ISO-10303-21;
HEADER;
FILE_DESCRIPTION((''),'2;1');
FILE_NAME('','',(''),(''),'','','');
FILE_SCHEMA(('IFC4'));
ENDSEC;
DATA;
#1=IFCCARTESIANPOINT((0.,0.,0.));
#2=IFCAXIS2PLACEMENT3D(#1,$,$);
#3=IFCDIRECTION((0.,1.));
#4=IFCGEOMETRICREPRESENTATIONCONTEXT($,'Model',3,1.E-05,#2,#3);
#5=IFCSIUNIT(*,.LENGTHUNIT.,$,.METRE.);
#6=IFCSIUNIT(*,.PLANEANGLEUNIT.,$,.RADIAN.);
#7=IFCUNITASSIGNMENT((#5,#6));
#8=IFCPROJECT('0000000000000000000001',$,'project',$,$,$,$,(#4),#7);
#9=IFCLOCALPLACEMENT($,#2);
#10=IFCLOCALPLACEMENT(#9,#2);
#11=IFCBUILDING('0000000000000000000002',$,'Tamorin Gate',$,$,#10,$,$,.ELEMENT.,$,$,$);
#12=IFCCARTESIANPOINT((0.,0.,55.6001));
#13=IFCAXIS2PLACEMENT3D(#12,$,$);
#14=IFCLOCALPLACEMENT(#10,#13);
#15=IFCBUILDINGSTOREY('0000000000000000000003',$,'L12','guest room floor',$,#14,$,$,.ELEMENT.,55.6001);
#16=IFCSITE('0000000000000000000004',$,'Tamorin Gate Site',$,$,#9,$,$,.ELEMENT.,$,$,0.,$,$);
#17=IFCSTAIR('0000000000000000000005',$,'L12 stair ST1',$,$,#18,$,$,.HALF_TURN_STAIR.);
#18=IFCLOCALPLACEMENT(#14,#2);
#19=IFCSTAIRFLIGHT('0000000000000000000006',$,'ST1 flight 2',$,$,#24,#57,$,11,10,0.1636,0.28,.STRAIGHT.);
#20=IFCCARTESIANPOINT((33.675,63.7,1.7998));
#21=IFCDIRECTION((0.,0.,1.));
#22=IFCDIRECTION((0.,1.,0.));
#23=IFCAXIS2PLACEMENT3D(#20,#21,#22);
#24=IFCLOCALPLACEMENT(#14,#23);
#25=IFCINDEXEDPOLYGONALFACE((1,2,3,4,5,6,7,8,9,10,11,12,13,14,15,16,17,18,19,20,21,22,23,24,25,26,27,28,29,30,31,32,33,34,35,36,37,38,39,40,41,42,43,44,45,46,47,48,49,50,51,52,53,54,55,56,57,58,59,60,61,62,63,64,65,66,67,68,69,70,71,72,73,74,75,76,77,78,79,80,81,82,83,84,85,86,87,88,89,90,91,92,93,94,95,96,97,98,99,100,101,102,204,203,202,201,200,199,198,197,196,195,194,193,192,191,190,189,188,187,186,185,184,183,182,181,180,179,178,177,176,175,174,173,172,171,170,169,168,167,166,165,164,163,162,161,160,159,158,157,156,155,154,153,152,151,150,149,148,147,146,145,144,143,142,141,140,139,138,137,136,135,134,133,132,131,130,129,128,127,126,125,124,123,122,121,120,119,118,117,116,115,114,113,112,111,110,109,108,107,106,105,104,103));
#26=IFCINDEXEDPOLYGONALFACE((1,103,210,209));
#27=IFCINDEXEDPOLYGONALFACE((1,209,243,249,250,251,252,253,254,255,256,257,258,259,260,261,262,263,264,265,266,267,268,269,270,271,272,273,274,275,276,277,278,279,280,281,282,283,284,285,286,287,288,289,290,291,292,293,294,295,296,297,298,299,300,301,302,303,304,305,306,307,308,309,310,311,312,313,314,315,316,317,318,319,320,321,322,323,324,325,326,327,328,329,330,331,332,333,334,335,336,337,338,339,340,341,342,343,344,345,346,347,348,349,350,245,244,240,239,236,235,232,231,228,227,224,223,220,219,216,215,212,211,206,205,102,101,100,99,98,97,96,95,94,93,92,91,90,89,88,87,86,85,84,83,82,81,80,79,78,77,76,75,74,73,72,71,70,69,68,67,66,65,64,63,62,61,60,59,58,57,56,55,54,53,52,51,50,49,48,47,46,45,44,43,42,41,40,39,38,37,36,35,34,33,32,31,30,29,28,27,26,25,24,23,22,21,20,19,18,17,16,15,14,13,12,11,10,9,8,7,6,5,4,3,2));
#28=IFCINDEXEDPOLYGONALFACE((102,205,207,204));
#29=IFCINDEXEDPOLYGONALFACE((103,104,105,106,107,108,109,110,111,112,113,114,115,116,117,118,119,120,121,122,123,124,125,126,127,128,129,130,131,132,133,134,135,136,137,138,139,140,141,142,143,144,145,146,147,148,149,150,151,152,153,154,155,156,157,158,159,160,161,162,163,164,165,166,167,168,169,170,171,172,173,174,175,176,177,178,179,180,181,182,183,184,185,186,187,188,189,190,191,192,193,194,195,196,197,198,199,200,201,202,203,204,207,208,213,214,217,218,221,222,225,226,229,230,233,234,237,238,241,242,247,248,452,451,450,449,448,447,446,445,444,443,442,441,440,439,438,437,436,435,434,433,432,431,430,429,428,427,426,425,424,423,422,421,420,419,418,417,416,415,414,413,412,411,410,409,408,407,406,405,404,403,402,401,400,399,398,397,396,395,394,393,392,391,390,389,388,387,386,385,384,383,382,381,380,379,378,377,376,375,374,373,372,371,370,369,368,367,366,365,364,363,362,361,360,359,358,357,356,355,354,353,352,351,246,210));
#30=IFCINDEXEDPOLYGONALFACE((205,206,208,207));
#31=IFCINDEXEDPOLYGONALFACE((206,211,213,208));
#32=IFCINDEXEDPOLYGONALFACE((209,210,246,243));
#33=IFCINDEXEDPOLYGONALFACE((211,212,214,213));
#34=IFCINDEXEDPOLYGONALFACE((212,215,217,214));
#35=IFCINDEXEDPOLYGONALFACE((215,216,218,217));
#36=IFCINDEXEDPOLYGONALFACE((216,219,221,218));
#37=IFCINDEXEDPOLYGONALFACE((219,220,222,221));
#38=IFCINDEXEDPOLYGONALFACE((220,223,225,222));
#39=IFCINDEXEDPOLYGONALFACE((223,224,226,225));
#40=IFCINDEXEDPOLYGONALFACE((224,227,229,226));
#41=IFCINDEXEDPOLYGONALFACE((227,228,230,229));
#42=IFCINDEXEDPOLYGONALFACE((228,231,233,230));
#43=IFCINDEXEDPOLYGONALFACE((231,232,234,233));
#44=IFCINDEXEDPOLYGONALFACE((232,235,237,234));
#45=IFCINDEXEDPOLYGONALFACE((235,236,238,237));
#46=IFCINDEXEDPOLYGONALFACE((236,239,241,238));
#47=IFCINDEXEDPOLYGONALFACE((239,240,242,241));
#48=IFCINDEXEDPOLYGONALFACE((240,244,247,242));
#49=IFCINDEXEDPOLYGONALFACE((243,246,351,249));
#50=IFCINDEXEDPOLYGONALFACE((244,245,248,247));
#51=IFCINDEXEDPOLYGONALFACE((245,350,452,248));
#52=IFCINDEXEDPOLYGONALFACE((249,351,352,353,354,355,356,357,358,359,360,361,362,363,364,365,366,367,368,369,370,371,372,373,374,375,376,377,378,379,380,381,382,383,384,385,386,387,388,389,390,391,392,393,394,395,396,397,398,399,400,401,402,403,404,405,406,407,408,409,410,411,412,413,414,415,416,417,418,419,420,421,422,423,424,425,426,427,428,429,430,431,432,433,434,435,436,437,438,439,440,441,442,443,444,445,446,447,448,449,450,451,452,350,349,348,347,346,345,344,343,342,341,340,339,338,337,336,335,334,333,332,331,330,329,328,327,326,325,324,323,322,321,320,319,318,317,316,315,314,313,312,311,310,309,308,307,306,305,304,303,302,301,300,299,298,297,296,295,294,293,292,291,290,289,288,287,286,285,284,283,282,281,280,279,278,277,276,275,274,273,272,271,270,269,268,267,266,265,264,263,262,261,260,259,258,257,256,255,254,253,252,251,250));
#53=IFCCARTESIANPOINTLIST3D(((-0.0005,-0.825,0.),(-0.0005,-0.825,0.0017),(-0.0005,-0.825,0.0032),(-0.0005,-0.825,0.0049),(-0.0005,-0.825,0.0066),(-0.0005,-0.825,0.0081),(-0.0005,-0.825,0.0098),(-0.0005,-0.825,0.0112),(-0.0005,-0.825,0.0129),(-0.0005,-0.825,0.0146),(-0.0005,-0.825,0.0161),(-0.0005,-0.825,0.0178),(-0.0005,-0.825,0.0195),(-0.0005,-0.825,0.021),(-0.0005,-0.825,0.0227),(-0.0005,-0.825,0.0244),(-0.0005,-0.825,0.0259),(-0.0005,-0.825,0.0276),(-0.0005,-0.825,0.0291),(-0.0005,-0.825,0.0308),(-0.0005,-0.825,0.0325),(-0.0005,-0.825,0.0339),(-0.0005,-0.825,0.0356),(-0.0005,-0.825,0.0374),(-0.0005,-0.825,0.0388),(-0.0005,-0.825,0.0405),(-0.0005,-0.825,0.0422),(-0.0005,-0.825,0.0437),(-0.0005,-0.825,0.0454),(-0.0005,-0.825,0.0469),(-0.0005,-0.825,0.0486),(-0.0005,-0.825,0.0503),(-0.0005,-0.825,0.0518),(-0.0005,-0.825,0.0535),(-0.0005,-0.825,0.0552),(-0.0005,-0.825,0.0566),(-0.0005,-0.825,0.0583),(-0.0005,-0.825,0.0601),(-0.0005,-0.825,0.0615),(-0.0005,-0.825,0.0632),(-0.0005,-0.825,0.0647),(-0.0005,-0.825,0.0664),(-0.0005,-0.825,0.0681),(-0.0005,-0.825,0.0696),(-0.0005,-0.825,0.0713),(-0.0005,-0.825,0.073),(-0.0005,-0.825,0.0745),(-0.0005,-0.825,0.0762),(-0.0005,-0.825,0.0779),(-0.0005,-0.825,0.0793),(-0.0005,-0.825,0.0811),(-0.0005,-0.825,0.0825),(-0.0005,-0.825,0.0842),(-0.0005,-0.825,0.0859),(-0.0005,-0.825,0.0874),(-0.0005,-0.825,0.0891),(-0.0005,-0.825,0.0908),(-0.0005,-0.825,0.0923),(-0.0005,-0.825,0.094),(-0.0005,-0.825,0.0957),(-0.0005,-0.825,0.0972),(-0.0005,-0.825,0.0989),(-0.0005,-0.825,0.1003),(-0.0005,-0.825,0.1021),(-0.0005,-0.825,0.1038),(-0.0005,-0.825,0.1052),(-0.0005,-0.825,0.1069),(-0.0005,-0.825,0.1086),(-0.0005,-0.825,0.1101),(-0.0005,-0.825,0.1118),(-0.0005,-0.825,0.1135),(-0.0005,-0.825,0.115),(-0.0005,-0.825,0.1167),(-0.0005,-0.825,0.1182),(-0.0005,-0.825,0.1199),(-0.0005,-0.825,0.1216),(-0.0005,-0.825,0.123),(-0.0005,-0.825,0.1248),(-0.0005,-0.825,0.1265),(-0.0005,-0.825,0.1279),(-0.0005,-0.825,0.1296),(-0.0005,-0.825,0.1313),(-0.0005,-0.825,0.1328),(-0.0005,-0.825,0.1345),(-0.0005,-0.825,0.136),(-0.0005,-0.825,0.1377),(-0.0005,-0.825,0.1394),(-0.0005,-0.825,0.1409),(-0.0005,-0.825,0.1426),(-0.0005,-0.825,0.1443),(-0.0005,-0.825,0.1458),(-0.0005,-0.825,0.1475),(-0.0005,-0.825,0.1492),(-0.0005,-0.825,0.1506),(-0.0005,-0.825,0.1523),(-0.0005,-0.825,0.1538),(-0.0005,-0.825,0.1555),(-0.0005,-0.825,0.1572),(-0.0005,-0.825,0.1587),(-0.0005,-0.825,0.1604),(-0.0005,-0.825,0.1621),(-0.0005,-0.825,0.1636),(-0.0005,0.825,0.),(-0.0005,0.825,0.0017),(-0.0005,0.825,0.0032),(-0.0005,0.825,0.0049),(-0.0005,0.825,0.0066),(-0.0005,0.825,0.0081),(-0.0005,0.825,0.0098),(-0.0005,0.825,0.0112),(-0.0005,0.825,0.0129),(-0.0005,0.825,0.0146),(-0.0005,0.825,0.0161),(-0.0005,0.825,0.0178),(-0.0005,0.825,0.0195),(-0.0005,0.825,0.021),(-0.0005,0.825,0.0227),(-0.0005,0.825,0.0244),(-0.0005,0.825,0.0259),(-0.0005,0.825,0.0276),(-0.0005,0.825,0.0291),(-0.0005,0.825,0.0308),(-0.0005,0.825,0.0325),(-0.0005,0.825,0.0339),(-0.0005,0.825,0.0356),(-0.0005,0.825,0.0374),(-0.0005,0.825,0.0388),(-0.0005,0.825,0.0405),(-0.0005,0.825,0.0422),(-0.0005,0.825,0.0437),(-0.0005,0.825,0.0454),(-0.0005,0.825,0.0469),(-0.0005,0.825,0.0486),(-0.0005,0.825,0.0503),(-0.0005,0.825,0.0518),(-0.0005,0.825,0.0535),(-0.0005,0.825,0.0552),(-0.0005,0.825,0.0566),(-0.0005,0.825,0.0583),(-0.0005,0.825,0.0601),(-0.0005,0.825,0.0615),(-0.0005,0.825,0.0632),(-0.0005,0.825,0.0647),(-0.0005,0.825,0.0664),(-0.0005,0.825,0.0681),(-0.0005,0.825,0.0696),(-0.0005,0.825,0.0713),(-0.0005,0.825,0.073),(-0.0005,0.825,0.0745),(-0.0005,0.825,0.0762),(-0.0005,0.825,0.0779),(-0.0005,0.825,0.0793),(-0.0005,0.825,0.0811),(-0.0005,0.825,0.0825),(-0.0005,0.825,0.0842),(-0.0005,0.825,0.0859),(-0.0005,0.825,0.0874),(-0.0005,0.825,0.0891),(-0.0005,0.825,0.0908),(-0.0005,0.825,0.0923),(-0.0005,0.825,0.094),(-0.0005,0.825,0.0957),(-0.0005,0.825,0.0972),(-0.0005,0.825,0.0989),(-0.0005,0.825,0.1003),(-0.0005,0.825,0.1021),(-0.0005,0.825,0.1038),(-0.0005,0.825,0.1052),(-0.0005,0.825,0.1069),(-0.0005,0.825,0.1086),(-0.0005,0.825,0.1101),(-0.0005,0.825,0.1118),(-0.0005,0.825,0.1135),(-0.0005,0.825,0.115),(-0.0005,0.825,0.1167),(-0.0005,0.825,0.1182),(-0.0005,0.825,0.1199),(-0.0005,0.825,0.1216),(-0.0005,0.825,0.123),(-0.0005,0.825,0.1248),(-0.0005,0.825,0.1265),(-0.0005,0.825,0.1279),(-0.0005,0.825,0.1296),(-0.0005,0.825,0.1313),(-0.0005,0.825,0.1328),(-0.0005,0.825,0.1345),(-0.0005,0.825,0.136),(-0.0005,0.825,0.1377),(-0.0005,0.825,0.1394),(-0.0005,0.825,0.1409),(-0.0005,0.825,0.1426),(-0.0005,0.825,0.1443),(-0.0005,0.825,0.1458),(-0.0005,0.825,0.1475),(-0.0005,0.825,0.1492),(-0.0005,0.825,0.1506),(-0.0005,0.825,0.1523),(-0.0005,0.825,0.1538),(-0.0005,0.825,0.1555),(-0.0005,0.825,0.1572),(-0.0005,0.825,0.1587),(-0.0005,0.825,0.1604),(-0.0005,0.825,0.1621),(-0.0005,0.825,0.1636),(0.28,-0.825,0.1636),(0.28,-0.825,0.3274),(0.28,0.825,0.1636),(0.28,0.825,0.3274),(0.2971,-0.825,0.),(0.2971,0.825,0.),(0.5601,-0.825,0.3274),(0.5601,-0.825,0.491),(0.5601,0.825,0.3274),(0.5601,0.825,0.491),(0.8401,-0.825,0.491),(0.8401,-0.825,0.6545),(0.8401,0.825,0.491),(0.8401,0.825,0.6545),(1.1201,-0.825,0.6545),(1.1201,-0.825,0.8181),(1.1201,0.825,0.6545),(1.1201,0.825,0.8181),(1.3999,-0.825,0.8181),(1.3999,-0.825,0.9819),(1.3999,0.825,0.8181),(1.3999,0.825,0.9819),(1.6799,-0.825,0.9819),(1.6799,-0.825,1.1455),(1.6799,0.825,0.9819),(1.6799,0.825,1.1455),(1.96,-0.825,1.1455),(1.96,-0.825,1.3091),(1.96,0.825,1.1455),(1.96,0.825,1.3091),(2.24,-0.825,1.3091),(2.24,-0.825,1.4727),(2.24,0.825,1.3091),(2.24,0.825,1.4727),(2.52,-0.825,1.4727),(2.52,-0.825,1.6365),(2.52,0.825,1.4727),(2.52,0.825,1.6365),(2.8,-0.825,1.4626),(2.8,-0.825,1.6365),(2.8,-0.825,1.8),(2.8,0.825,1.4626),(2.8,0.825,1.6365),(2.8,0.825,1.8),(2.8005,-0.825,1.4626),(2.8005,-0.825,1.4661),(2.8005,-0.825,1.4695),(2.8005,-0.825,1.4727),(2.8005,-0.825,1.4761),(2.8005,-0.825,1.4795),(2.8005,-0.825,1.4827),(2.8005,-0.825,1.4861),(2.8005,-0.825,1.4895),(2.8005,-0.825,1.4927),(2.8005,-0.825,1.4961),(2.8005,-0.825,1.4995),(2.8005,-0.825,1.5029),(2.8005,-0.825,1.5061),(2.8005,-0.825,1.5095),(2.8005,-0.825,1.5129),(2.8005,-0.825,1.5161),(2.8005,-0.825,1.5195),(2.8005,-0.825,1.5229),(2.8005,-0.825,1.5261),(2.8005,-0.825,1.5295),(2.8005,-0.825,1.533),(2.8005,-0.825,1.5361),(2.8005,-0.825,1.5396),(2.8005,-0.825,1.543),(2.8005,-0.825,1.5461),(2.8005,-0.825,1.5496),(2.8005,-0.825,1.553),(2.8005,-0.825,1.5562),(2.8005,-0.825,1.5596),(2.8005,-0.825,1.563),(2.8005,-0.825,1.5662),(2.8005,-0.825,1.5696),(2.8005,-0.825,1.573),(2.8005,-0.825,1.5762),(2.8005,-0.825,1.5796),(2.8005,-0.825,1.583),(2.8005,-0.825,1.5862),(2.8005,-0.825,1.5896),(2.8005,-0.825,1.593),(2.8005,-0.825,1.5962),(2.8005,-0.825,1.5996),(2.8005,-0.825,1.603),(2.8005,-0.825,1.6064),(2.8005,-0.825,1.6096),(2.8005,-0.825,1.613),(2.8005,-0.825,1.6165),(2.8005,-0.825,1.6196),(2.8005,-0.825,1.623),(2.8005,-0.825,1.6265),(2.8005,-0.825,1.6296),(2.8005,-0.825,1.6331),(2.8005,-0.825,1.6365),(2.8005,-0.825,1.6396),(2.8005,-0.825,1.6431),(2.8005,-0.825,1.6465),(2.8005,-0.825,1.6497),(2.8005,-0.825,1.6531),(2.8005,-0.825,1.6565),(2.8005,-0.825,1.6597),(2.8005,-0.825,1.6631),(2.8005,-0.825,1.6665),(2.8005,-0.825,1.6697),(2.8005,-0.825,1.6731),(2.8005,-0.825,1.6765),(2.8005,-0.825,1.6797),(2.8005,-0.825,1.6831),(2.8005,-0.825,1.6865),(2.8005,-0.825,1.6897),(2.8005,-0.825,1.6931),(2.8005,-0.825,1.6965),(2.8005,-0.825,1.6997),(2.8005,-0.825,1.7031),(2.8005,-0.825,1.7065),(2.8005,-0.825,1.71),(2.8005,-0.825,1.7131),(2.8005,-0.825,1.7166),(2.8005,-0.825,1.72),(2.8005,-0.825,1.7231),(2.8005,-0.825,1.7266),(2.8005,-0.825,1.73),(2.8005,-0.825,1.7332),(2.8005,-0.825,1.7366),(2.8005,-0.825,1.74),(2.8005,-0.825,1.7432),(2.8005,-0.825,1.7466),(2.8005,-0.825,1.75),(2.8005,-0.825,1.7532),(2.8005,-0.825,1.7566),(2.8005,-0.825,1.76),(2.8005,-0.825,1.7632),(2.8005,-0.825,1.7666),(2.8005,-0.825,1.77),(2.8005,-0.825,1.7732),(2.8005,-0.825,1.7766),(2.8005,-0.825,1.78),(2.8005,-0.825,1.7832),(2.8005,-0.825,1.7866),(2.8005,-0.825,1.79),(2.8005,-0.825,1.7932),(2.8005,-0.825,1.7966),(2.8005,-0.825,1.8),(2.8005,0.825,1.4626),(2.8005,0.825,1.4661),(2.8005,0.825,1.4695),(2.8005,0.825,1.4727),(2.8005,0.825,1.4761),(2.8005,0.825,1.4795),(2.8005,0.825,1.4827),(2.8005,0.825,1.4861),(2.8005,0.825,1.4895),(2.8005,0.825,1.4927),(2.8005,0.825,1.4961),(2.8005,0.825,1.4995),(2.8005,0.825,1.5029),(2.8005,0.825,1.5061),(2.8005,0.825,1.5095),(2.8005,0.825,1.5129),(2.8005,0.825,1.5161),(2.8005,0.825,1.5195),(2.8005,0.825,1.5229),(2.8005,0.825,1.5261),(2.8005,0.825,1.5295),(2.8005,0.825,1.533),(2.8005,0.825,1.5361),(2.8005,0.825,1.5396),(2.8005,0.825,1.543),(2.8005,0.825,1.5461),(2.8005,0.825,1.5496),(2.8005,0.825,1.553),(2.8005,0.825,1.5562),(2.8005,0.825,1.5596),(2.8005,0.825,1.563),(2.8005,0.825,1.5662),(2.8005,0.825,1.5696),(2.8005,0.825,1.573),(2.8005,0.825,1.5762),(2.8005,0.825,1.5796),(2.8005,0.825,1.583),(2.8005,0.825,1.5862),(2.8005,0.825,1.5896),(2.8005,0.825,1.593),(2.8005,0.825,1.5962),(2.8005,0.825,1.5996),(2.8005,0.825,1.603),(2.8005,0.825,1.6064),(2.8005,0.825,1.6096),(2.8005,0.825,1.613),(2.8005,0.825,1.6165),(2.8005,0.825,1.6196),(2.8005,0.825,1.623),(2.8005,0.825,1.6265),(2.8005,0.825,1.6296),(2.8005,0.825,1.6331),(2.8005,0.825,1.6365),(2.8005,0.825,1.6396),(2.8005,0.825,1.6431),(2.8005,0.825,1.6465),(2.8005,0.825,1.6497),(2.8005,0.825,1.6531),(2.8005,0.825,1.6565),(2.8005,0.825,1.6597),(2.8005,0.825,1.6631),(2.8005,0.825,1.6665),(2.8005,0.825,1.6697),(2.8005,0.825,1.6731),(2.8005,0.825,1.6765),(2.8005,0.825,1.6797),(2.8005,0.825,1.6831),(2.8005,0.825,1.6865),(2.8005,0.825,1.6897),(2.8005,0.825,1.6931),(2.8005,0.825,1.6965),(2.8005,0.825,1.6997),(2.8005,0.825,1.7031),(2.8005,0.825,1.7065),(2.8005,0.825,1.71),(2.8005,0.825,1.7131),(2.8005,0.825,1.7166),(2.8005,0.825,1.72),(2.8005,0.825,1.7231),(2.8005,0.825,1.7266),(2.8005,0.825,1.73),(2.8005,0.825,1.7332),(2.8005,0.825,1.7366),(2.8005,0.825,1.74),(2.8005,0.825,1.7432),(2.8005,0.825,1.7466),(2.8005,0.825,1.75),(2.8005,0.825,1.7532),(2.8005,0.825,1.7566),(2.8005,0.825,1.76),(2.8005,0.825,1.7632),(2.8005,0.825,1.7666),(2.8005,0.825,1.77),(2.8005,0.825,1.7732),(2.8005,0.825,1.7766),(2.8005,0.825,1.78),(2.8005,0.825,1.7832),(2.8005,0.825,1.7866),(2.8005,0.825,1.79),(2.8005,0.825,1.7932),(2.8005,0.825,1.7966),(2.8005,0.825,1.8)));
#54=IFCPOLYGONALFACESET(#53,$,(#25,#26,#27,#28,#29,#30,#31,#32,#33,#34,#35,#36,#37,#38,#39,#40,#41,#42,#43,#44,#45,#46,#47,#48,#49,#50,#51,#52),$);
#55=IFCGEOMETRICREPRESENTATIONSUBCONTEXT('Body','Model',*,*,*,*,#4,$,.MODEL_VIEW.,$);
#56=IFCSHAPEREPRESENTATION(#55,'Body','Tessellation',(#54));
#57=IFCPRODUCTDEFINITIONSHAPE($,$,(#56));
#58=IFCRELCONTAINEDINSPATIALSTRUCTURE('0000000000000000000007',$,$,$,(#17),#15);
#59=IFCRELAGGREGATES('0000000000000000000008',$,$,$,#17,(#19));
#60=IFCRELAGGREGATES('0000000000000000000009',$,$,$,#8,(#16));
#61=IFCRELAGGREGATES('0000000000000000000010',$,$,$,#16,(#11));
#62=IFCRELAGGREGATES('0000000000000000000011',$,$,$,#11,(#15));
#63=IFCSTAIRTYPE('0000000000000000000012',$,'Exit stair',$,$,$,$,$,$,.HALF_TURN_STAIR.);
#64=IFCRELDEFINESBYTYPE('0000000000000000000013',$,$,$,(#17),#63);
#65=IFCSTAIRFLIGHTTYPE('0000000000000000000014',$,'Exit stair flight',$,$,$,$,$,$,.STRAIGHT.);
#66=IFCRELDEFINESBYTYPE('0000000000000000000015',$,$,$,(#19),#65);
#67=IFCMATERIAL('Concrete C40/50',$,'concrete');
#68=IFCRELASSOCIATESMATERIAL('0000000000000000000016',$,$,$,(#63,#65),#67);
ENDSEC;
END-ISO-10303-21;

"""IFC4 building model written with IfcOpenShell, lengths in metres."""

from ifc_helpers import new_model, si_unit, direction, frame, origin, place, context, subcontext, project, spatial, polyline, outline, extrude, material, type_object, element, aggregate, save


model = new_model("IFC4")

# Units and contexts
model_context = context("Model", 3, precision=1e-05, world=origin(), true_north=direction((0.0, 1.0)))
body_context = subcontext(model_context, "Body", "Model", "MODEL_VIEW")
ifc_project = project(units=[si_unit("LENGTHUNIT", "METRE"), si_unit("PLANEANGLEUNIT", "RADIAN")], contexts=[model_context])

# Site, building, storey
site_placement = place(None, origin())
site = spatial("IfcSite", under=ifc_project, at=site_placement, Name="Tamorin Gate Site", CompositionType="ELEMENT", RefElevation=0.0)
building_placement = place(site_placement, origin())
building = spatial("IfcBuilding", under=site, at=building_placement, Name="Tamorin Gate", CompositionType="ELEMENT")
storey_placement = place(building_placement, frame((0.0, 0.0, 55.6001)))
storey = spatial("IfcBuildingStorey", under=building, at=storey_placement, Name="L12", Description="guest room floor", CompositionType="ELEMENT", Elevation=55.6001)

# Shared definitions
ifc_material_1 = material(Name="Concrete C40/50", Category="concrete")

# Stair, stair flight
stair_type = type_object("IfcStairType", Name="Exit stair", PredefinedType="HALF_TURN_STAIR", material=ifc_material_1)
stair_placement = place(storey_placement, origin())
stair = element("IfcStair", 1, at=stair_placement, inside=storey, type_object=stair_type, Name="L12 stair ST1", PredefinedType="HALF_TURN_STAIR")
stair_flight_type = type_object("IfcStairFlightType", Name="Exit stair flight", PredefinedType="STRAIGHT", material=ifc_material_1)
stair_flight_1_placement = place(storey_placement, frame((33.675, 63.7, 1.7998), z_axis=(0.0, 0.0, 1.0), x_axis=(0.0, 1.0, 0.0)))
stair_flight_1 = element("IfcStairFlight", 2, at=stair_flight_1_placement, type_object=stair_flight_type, Name="ST1 flight 2", NumberOfRisers=11, NumberOfTreads=10, PredefinedType="STRAIGHT", RiserHeight=0.1636, TreadLength=0.28, context=body_context, shape_type="SweptSolid", body=[
    extrude(outline(polyline([(-0.0005, 0.0), (-0.0005, 0.0017), (-0.0005, 0.0032), (-0.0005, 0.0049), (-0.0005, 0.0066), (-0.0005, 0.0081), (-0.0005, 0.0098), (-0.0005, 0.0112), (-0.0005, 0.0129), (-0.0005, 0.0146), (-0.0005, 0.0161), (-0.0005, 0.0178), (-0.0005, 0.0195), (-0.0005, 0.021), (-0.0005, 0.0227), (-0.0005, 0.0244), (-0.0005, 0.0259), (-0.0005, 0.0276), (-0.0005, 0.0291), (-0.0005, 0.0308), (-0.0005, 0.0325), (-0.0005, 0.0339), (-0.0005, 0.0356), (-0.0005, 0.0374), (-0.0005, 0.0388), (-0.0005, 0.0405), (-0.0005, 0.0422), (-0.0005, 0.0437), (-0.0005, 0.0454), (-0.0005, 0.0469), (-0.0005, 0.0486), (-0.0005, 0.0503), (-0.0005, 0.0518), (-0.0005, 0.0535), (-0.0005, 0.0552), (-0.0005, 0.0566), (-0.0005, 0.0583), (-0.0005, 0.0601), (-0.0005, 0.0615), (-0.0005, 0.0632), (-0.0005, 0.0647), (-0.0005, 0.0664), (-0.0005, 0.0681), (-0.0005, 0.0696), (-0.0005, 0.0713), (-0.0005, 0.073), (-0.0005, 0.0745), (-0.0005, 0.0762), (-0.0005, 0.0779), (-0.0005, 0.0793), (-0.0005, 0.0811), (-0.0005, 0.0825), (-0.0005, 0.0842), (-0.0005, 0.0859), (-0.0005, 0.0874), (-0.0005, 0.0891), (-0.0005, 0.0908), (-0.0005, 0.0923), (-0.0005, 0.094), (-0.0005, 0.0957), (-0.0005, 0.0972), (-0.0005, 0.0989), (-0.0005, 0.1003), (-0.0005, 0.1021), (-0.0005, 0.1038), (-0.0005, 0.1052), (-0.0005, 0.1069), (-0.0005, 0.1086), (-0.0005, 0.1101), (-0.0005, 0.1118), (-0.0005, 0.1135), (-0.0005, 0.115), (-0.0005, 0.1167), (-0.0005, 0.1182), (-0.0005, 0.1199), (-0.0005, 0.1216), (-0.0005, 0.123), (-0.0005, 0.1248), (-0.0005, 0.1265), (-0.0005, 0.1279), (-0.0005, 0.1296), (-0.0005, 0.1313), (-0.0005, 0.1328), (-0.0005, 0.1345), (-0.0005, 0.136), (-0.0005, 0.1377), (-0.0005, 0.1394), (-0.0005, 0.1409), (-0.0005, 0.1426), (-0.0005, 0.1443), (-0.0005, 0.1458), (-0.0005, 0.1475), (-0.0005, 0.1492), (-0.0005, 0.1506), (-0.0005, 0.1523), (-0.0005, 0.1538), (-0.0005, 0.1555), (-0.0005, 0.1572), (-0.0005, 0.1587), (-0.0005, 0.1604), (-0.0005, 0.1621), (-0.0005, 0.1636), (0.28, 0.1636), (0.28, 0.3274), (0.5601, 0.3274), (0.5601, 0.491), (0.8401, 0.491), (0.8401, 0.6545), (1.1201, 0.6545), (1.1201, 0.8181), (1.3999, 0.8181), (1.3999, 0.9819), (1.6799, 0.9819), (1.6799, 1.1455), (1.96, 1.1455), (1.96, 1.3091), (2.24, 1.3091), (2.24, 1.4727), (2.52, 1.4727), (2.52, 1.6365), (2.8, 1.6365), (2.8, 1.8), (2.8005, 1.8), (2.8005, 1.7966), (2.8005, 1.7932), (2.8005, 1.79), (2.8005, 1.7866), (2.8005, 1.7832), (2.8005, 1.78), (2.8005, 1.7766), (2.8005, 1.7732), (2.8005, 1.77), (2.8005, 1.7666), (2.8005, 1.7632), (2.8005, 1.76), (2.8005, 1.7566), (2.8005, 1.7532), (2.8005, 1.75), (2.8005, 1.7466), (2.8005, 1.7432), (2.8005, 1.74), (2.8005, 1.7366), (2.8005, 1.7332), (2.8005, 1.73), (2.8005, 1.7266), (2.8005, 1.7231), (2.8005, 1.72), (2.8005, 1.7166), (2.8005, 1.7131), (2.8005, 1.71), (2.8005, 1.7065), (2.8005, 1.7031), (2.8005, 1.6997), (2.8005, 1.6965), (2.8005, 1.6931), (2.8005, 1.6897), (2.8005, 1.6865), (2.8005, 1.6831), (2.8005, 1.6797), (2.8005, 1.6765), (2.8005, 1.6731), (2.8005, 1.6697), (2.8005, 1.6665), (2.8005, 1.6631), (2.8005, 1.6597), (2.8005, 1.6565), (2.8005, 1.6531), (2.8005, 1.6497), (2.8005, 1.6465), (2.8005, 1.6431), (2.8005, 1.6396), (2.8005, 1.6365), (2.8005, 1.6331), (2.8005, 1.6296), (2.8005, 1.6265), (2.8005, 1.623), (2.8005, 1.6196), (2.8005, 1.6165), (2.8005, 1.613), (2.8005, 1.6096), (2.8005, 1.6064), (2.8005, 1.603), (2.8005, 1.5996), (2.8005, 1.5962), (2.8005, 1.593), (2.8005, 1.5896), (2.8005, 1.5862), (2.8005, 1.583), (2.8005, 1.5796), (2.8005, 1.5762), (2.8005, 1.573), (2.8005, 1.5696), (2.8005, 1.5662), (2.8005, 1.563), (2.8005, 1.5596), (2.8005, 1.5562), (2.8005, 1.553), (2.8005, 1.5496), (2.8005, 1.5461), (2.8005, 1.543), (2.8005, 1.5396), (2.8005, 1.5361), (2.8005, 1.533), (2.8005, 1.5295), (2.8005, 1.5261), (2.8005, 1.5229), (2.8005, 1.5195), (2.8005, 1.5161), (2.8005, 1.5129), (2.8005, 1.5095), (2.8005, 1.5061), (2.8005, 1.5029), (2.8005, 1.4995), (2.8005, 1.4961), (2.8005, 1.4927), (2.8005, 1.4895), (2.8005, 1.4861), (2.8005, 1.4827), (2.8005, 1.4795), (2.8005, 1.4761), (2.8005, 1.4727), (2.8005, 1.4695), (2.8005, 1.4661), (2.8005, 1.4626), (2.8, 1.4626), (0.2971, 0.0), (-0.0005, 0.0)])), frame((0.0, 0.825, 0.0), z_axis=(0.0, -1.0, 0.0), x_axis=(1.0, 0.0, 0.0)), (0.0, 0.0, 1.0), 1.6499),
])
aggregate(stair, [stair_flight_1])

save(model, "model.ifc")
